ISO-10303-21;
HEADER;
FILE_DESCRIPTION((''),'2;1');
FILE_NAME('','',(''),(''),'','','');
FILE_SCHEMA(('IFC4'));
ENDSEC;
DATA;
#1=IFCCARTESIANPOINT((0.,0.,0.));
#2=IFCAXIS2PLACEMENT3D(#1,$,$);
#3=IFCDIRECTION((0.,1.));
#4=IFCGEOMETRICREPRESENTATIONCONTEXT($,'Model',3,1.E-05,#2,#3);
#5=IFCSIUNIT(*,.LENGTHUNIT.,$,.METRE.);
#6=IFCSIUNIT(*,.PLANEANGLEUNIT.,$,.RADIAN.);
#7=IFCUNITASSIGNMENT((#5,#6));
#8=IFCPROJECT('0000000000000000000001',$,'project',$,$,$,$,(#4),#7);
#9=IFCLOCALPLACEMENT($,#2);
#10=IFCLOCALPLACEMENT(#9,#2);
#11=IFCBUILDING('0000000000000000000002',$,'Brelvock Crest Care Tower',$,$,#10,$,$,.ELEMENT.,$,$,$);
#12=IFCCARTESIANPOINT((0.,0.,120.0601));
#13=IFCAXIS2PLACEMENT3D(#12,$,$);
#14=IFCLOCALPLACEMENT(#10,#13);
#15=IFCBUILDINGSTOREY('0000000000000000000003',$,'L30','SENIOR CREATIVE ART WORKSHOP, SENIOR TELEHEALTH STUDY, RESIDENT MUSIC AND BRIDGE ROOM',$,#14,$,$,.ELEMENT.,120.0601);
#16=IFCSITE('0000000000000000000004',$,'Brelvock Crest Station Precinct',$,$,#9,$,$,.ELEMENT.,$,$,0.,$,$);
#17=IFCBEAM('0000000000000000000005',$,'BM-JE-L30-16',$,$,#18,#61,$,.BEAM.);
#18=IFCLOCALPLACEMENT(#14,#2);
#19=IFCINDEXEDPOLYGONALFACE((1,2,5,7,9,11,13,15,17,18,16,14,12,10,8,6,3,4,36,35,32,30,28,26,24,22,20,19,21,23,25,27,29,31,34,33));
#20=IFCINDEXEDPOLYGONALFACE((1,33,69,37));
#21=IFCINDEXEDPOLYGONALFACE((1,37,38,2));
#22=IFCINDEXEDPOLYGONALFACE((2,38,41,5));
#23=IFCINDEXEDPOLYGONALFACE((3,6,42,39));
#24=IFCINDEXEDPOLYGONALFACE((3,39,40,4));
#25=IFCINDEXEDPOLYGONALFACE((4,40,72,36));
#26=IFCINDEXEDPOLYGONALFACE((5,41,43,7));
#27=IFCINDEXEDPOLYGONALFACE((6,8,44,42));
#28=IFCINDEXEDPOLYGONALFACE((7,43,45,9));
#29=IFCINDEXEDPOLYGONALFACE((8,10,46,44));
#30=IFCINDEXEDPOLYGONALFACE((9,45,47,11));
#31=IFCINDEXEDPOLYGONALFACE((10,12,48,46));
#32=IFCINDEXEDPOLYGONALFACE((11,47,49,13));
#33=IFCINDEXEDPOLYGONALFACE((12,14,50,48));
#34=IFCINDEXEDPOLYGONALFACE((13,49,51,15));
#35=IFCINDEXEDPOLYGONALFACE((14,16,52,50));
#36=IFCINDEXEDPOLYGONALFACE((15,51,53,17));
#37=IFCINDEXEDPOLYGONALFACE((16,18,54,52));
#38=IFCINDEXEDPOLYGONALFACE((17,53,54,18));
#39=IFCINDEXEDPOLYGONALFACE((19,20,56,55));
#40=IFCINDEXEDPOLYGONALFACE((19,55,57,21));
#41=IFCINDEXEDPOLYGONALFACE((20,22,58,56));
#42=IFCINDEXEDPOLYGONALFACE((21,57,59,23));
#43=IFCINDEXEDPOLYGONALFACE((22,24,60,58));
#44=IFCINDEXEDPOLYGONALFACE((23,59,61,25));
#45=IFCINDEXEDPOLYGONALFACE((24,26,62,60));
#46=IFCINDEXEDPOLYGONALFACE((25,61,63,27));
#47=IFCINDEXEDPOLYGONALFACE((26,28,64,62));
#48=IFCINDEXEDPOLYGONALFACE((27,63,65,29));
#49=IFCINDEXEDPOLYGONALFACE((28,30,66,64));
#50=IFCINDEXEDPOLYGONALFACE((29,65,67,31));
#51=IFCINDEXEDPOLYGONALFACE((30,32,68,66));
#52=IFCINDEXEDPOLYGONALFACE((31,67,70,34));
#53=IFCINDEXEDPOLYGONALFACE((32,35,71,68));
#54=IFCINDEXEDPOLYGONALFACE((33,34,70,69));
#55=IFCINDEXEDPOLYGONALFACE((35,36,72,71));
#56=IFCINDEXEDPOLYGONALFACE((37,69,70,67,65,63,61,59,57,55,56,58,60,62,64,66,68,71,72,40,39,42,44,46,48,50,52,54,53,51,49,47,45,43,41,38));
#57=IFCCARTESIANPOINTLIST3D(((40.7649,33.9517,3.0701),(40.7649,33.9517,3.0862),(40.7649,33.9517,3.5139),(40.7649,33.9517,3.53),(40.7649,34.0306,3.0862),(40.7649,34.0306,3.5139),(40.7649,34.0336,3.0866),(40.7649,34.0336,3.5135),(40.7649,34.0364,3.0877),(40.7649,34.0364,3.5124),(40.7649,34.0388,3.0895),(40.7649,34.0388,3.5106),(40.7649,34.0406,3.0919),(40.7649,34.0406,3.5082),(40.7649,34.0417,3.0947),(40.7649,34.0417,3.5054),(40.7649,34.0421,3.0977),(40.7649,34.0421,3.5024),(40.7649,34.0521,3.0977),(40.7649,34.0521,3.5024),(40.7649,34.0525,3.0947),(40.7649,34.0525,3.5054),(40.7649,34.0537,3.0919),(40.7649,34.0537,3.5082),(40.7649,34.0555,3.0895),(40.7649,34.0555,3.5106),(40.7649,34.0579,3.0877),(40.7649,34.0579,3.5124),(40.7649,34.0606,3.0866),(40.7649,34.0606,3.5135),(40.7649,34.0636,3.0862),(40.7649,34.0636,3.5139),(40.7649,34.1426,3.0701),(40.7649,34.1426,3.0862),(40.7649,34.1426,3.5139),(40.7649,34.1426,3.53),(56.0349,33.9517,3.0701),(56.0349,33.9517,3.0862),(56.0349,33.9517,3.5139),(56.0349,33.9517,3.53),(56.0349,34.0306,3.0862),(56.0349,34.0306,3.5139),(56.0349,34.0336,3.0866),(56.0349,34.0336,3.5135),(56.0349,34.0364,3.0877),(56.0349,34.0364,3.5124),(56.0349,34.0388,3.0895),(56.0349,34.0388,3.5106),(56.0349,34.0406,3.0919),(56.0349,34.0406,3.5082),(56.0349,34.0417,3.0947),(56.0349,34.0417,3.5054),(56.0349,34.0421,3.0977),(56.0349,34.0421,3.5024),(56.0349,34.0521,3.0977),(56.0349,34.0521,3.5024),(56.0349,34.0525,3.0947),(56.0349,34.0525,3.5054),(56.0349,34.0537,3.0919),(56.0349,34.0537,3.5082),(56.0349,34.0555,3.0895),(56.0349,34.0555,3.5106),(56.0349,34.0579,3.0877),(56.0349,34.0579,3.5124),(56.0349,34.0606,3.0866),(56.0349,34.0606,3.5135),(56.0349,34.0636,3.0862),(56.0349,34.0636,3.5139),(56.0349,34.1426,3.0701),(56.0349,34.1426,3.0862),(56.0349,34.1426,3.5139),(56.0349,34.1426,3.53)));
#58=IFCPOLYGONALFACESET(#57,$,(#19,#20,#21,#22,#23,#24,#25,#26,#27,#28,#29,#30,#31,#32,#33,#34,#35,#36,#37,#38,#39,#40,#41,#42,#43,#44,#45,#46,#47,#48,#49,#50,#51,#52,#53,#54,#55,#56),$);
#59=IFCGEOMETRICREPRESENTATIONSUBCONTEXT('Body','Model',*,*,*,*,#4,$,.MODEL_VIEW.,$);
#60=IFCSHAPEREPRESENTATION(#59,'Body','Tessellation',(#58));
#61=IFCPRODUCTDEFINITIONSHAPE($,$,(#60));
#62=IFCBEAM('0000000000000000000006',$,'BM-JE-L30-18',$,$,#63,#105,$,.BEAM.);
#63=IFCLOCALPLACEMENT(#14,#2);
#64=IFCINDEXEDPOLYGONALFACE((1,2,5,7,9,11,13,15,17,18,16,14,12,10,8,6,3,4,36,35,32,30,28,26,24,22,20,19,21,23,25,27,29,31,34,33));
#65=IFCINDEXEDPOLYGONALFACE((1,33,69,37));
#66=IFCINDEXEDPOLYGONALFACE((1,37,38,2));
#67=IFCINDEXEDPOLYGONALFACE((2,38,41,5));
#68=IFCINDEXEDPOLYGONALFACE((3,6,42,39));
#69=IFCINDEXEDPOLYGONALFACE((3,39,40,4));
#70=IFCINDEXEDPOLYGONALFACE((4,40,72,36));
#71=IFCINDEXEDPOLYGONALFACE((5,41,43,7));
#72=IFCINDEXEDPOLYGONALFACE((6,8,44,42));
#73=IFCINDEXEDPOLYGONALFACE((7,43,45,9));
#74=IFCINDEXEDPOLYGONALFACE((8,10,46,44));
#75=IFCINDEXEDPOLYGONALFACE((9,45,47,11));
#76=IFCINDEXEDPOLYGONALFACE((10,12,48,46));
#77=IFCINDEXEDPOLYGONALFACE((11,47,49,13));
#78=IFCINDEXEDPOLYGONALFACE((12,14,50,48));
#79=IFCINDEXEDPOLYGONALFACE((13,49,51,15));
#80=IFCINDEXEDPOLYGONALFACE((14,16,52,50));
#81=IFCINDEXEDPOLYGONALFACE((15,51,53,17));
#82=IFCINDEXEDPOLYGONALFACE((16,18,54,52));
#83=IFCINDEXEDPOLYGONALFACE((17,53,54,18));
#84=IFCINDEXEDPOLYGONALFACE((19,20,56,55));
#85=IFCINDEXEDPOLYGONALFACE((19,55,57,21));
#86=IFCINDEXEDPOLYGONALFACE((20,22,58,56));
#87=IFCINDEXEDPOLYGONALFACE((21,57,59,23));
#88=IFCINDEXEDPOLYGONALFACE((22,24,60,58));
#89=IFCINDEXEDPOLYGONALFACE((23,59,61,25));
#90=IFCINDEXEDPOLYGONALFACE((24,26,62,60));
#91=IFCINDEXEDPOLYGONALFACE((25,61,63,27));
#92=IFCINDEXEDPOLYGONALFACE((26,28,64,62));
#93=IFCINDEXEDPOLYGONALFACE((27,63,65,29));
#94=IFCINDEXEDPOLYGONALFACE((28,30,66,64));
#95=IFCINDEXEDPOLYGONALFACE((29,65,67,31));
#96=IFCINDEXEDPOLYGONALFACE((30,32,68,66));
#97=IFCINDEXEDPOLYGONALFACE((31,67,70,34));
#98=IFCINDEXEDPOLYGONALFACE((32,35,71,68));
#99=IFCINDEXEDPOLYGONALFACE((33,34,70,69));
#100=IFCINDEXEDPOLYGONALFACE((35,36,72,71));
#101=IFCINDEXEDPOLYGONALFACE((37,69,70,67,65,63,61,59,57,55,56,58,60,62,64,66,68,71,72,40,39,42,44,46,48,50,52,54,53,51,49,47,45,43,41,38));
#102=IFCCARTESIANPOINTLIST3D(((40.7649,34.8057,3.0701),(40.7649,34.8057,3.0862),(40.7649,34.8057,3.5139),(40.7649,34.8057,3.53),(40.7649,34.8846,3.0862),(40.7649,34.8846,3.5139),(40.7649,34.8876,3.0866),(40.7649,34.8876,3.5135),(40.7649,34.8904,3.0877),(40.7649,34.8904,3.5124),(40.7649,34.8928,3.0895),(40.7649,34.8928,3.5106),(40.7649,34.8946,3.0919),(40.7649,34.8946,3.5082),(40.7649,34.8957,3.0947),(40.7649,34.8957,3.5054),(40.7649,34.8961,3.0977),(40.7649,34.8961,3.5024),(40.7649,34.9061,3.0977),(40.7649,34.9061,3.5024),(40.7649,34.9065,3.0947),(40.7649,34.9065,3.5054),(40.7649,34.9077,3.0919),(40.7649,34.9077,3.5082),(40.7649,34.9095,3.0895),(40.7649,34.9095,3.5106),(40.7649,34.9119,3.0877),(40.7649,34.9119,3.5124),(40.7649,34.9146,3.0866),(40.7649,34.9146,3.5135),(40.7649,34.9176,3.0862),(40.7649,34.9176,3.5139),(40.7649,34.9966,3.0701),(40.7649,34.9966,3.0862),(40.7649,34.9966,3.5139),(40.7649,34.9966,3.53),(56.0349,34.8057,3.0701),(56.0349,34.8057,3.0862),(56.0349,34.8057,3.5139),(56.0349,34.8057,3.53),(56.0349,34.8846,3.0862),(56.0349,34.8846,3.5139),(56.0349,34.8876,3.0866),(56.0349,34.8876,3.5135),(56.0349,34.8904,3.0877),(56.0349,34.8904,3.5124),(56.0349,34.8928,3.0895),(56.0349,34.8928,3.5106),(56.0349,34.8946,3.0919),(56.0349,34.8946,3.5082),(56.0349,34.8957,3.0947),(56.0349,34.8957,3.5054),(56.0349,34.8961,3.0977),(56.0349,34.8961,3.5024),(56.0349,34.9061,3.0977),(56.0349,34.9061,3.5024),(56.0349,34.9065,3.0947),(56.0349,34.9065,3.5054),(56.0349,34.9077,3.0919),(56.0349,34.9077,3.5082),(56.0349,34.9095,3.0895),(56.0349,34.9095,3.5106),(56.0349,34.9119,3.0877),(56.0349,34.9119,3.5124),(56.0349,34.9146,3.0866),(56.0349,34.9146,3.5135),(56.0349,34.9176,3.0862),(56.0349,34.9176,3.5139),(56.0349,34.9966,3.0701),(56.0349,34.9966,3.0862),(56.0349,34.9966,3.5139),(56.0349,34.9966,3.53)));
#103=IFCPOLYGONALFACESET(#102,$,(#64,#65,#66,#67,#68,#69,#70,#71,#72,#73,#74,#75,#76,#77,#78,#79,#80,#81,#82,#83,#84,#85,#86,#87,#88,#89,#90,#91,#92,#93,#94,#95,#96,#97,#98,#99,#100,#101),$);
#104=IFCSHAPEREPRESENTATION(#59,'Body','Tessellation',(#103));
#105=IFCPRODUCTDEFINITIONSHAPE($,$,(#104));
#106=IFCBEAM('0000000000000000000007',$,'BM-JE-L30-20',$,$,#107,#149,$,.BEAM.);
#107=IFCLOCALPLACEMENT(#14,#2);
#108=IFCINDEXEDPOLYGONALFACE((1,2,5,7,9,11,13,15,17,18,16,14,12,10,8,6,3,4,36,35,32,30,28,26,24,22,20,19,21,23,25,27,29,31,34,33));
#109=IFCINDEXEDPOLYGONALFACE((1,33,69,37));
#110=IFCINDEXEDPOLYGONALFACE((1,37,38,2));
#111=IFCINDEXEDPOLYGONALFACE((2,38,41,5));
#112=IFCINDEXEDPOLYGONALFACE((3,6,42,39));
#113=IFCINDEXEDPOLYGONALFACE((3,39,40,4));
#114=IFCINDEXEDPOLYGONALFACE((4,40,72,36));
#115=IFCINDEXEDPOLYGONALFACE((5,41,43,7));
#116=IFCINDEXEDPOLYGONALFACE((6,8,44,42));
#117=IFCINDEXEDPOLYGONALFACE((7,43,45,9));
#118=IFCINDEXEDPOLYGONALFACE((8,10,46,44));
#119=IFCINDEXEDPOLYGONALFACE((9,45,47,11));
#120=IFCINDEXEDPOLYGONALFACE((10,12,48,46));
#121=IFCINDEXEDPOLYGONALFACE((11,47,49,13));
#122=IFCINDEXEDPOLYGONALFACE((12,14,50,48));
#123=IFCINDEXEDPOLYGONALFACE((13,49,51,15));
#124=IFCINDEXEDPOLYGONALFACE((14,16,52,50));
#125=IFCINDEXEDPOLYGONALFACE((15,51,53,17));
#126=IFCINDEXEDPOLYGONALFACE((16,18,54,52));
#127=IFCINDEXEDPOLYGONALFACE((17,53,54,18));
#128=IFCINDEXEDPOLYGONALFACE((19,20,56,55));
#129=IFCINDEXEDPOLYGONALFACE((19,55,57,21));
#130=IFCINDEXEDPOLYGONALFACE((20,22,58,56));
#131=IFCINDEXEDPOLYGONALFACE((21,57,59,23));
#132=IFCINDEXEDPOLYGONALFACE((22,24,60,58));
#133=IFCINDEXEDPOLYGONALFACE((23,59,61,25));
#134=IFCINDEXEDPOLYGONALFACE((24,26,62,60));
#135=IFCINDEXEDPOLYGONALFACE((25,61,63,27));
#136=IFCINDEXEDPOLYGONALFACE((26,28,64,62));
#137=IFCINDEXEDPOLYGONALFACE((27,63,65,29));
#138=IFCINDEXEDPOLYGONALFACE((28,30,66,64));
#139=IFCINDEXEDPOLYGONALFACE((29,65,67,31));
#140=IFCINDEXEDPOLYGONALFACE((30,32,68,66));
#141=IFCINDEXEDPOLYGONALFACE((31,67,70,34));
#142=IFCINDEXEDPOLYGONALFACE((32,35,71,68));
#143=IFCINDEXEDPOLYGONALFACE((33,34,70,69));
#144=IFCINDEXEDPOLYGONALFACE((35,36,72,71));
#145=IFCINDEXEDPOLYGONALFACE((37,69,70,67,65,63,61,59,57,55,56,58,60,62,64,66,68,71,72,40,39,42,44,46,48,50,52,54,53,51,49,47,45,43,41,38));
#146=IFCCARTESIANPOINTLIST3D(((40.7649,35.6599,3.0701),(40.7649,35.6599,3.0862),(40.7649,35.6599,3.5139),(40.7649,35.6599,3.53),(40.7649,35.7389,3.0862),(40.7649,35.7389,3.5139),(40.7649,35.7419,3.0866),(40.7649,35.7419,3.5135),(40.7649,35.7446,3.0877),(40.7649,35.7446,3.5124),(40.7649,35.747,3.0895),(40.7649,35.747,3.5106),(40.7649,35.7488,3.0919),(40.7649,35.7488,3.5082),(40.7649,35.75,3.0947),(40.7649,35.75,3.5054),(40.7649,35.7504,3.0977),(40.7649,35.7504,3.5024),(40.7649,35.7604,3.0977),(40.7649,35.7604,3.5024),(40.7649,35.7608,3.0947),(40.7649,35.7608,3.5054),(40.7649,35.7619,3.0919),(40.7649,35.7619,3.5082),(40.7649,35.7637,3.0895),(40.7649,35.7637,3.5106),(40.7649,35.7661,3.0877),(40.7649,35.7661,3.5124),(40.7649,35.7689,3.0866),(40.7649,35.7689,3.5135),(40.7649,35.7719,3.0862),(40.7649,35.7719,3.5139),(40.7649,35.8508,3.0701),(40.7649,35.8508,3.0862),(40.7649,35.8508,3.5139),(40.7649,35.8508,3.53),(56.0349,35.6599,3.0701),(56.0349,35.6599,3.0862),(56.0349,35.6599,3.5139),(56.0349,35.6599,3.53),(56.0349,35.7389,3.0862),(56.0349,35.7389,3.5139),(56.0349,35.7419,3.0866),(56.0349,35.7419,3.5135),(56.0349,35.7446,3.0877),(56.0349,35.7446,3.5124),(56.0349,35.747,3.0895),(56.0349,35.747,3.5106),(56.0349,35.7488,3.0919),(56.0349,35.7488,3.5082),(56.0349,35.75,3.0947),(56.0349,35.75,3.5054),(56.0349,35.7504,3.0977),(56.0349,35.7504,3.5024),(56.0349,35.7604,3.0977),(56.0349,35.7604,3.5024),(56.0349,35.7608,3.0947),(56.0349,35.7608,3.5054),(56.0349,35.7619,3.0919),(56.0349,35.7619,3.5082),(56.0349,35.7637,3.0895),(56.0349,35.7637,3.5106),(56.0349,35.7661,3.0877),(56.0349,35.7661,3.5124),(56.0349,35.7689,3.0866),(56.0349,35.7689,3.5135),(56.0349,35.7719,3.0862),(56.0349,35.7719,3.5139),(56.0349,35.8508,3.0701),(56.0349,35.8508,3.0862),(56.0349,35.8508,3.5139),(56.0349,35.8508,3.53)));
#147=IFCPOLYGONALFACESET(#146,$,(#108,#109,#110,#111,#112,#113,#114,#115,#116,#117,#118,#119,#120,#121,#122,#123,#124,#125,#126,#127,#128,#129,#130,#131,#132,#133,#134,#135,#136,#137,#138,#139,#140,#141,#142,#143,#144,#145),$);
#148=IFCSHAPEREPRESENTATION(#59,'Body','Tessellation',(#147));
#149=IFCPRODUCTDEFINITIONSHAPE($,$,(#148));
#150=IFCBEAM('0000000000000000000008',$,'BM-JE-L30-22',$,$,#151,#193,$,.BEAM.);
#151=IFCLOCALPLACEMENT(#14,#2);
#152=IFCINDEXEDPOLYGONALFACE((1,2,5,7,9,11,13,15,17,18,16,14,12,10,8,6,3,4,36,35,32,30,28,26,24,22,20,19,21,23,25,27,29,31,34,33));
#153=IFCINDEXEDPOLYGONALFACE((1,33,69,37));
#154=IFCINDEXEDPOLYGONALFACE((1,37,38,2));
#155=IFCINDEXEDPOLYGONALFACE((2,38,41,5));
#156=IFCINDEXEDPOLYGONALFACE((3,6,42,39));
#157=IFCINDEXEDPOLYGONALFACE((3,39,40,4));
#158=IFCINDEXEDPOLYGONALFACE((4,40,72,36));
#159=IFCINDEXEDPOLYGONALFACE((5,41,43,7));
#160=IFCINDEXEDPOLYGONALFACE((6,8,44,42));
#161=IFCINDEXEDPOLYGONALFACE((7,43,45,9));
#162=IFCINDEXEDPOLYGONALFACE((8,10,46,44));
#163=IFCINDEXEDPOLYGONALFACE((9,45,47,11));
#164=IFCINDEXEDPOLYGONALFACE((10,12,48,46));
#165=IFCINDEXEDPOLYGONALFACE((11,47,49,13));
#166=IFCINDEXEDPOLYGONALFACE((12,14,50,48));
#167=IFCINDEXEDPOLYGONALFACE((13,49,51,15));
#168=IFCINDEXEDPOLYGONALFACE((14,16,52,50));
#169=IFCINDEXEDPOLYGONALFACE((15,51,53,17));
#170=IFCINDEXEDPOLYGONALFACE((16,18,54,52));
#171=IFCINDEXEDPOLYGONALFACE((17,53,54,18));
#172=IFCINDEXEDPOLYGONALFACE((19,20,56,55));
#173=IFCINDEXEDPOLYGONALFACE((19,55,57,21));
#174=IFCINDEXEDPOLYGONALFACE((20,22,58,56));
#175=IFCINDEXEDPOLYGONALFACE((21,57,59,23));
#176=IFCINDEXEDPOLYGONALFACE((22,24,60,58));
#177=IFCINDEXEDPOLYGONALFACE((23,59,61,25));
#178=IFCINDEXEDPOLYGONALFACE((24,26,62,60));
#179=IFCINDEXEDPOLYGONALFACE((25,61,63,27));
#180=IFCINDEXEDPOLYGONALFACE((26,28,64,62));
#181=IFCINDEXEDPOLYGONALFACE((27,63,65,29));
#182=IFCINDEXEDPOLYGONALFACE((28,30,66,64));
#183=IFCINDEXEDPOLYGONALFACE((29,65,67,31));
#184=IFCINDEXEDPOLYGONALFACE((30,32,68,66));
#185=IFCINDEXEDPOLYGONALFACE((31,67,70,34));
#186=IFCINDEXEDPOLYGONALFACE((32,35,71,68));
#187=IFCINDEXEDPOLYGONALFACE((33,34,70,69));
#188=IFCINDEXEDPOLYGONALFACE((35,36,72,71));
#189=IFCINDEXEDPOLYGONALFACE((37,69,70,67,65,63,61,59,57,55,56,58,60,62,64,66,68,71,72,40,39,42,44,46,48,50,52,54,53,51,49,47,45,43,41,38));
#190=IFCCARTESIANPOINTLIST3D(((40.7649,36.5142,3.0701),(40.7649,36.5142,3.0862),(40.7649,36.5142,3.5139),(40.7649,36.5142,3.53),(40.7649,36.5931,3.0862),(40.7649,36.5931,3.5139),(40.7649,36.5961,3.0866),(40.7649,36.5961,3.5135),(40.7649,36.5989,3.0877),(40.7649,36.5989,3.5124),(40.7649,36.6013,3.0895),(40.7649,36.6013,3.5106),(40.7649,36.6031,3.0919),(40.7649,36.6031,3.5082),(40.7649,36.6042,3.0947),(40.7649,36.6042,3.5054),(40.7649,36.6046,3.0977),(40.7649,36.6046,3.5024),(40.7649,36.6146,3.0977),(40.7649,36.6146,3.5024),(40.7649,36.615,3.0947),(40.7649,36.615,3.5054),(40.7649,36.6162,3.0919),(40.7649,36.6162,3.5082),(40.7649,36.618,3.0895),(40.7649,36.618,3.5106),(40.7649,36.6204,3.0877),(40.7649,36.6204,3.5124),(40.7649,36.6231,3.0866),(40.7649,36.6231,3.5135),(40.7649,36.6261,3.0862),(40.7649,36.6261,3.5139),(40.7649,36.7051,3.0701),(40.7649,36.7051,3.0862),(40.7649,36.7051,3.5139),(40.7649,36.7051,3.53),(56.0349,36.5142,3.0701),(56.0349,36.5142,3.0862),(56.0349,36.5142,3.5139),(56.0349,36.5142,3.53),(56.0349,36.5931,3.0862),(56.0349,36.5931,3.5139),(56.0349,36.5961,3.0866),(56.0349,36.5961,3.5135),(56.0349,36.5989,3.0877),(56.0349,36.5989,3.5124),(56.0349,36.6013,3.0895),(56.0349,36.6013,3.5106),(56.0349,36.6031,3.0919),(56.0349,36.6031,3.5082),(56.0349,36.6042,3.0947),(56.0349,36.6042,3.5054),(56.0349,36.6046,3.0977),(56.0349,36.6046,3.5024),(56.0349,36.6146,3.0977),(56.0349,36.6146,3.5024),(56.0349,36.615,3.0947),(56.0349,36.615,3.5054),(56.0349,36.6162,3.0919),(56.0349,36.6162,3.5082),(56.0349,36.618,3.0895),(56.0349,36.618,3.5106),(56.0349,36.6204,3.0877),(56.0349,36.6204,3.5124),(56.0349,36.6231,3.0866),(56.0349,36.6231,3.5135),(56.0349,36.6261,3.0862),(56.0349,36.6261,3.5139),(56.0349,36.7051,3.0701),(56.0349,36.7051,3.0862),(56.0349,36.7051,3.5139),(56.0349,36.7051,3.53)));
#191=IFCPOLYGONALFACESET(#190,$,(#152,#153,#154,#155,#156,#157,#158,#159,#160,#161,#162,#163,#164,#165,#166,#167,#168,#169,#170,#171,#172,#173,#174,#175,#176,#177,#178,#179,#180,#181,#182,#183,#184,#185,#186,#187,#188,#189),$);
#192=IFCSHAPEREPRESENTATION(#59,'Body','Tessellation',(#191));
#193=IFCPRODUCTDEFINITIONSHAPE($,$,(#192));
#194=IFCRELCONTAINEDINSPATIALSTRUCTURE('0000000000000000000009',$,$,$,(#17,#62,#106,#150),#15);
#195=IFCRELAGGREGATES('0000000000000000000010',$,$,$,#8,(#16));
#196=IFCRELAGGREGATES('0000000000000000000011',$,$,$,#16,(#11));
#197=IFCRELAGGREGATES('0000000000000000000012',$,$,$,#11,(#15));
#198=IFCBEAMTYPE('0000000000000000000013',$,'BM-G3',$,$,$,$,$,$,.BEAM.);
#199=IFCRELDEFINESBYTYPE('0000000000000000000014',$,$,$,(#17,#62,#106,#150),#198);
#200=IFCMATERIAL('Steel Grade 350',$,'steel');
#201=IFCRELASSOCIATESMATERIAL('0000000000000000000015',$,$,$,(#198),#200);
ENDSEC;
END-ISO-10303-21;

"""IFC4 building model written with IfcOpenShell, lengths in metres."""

from ifc_helpers import new_model, si_unit, direction, frame, origin, origin_2d, place, context, subcontext, project, spatial, i_section, extrude, source, transform, mapped, material, material_profile, profile_set, type_object, element, save


model = new_model("IFC4")

# Units and contexts
model_context = context("Model", 3, precision=1e-05, world=origin(), true_north=direction((0.0, 1.0)))
body_context = subcontext(model_context, "Body", "Model", "MODEL_VIEW")
ifc_project = project(units=[si_unit("LENGTHUNIT", "METRE"), si_unit("PLANEANGLEUNIT", "RADIAN")], contexts=[model_context])

# Site, building, storey
site_placement = place(None, origin())
site = spatial("IfcSite", under=ifc_project, at=site_placement, Name="Brelvock Crest Station Precinct", CompositionType="ELEMENT", RefElevation=0.0)
building_placement = place(site_placement, origin())
building = spatial("IfcBuilding", under=site, at=building_placement, Name="Brelvock Crest Care Tower", CompositionType="ELEMENT")
storey_placement = place(building_placement, frame((0.0, 0.0, 120.0601)))
storey = spatial("IfcBuildingStorey", under=building, at=storey_placement, Name="L30", Description="SENIOR CREATIVE ART WORKSHOP, SENIOR TELEHEALTH STUDY, RESIDENT MUSIC AND BRIDGE ROOM", CompositionType="ELEMENT", Elevation=120.0601)

# Beams
ifc_material_1 = material(Name="Steel Grade 350", Category="steel")
ifc_material_profile_1 = material_profile(ifc_material_1, i_section(OverallWidth=0.1909, OverallDepth=0.46, WebThickness=0.01, FlangeThickness=0.0161, FilletRadius=0.0115, at=origin_2d()), Name="460UB82.1")
ifc_profile_set_1 = profile_set([ifc_material_profile_1], Name="Steel Grade 350")
beam_type_1 = type_object("IfcBeamType", Name="BM-G3", PredefinedType="BEAM", material=ifc_profile_set_1)
shared_shape_1 = source(origin(), body_context, "Body", "SweptSolid", [
    extrude(i_section(OverallWidth=0.1909, OverallDepth=0.46, WebThickness=0.01, FlangeThickness=0.0161, FilletRadius=0.0115, at=origin_2d()), origin(), (0.0, 0.0, 1.0), 15.27),
])
for number, where, z_axis, x_axis, name in (
    (1, (40.7649, 34.0471, 3.3), (1.0, 0.0, 0.0), (0.0, 1.0, 0.0), "BM-JE-L30-16"),
    (2, (40.7649, 34.9011, 3.3), (1.0, 0.0, 0.0), (0.0, 1.0, 0.0), "BM-JE-L30-18"),
    (3, (40.7649, 35.7554, 3.3), (1.0, 0.0, 0.0), (0.0, 1.0, 0.0), "BM-JE-L30-20"),
    (4, (40.7649, 36.6096, 3.3), (1.0, 0.0, 0.0), (0.0, 1.0, 0.0), "BM-JE-L30-22"),
):
    element("IfcBeam", number, at=place(storey_placement, frame(where, z_axis=z_axis, x_axis=x_axis)), inside=storey, type_object=beam_type_1, Name=name, PredefinedType="BEAM", context=body_context, shape_type="MappedRepresentation", body=[
        mapped(shared_shape_1, transform((0.0, 0.0, 0.0), x_axis=(1.0, 0.0, 0.0), y_axis=(0.0, 1.0, 0.0), z_axis=(0.0, 0.0, 1.0), scale=1.0)),
    ])

save(model, "model.ifc")
